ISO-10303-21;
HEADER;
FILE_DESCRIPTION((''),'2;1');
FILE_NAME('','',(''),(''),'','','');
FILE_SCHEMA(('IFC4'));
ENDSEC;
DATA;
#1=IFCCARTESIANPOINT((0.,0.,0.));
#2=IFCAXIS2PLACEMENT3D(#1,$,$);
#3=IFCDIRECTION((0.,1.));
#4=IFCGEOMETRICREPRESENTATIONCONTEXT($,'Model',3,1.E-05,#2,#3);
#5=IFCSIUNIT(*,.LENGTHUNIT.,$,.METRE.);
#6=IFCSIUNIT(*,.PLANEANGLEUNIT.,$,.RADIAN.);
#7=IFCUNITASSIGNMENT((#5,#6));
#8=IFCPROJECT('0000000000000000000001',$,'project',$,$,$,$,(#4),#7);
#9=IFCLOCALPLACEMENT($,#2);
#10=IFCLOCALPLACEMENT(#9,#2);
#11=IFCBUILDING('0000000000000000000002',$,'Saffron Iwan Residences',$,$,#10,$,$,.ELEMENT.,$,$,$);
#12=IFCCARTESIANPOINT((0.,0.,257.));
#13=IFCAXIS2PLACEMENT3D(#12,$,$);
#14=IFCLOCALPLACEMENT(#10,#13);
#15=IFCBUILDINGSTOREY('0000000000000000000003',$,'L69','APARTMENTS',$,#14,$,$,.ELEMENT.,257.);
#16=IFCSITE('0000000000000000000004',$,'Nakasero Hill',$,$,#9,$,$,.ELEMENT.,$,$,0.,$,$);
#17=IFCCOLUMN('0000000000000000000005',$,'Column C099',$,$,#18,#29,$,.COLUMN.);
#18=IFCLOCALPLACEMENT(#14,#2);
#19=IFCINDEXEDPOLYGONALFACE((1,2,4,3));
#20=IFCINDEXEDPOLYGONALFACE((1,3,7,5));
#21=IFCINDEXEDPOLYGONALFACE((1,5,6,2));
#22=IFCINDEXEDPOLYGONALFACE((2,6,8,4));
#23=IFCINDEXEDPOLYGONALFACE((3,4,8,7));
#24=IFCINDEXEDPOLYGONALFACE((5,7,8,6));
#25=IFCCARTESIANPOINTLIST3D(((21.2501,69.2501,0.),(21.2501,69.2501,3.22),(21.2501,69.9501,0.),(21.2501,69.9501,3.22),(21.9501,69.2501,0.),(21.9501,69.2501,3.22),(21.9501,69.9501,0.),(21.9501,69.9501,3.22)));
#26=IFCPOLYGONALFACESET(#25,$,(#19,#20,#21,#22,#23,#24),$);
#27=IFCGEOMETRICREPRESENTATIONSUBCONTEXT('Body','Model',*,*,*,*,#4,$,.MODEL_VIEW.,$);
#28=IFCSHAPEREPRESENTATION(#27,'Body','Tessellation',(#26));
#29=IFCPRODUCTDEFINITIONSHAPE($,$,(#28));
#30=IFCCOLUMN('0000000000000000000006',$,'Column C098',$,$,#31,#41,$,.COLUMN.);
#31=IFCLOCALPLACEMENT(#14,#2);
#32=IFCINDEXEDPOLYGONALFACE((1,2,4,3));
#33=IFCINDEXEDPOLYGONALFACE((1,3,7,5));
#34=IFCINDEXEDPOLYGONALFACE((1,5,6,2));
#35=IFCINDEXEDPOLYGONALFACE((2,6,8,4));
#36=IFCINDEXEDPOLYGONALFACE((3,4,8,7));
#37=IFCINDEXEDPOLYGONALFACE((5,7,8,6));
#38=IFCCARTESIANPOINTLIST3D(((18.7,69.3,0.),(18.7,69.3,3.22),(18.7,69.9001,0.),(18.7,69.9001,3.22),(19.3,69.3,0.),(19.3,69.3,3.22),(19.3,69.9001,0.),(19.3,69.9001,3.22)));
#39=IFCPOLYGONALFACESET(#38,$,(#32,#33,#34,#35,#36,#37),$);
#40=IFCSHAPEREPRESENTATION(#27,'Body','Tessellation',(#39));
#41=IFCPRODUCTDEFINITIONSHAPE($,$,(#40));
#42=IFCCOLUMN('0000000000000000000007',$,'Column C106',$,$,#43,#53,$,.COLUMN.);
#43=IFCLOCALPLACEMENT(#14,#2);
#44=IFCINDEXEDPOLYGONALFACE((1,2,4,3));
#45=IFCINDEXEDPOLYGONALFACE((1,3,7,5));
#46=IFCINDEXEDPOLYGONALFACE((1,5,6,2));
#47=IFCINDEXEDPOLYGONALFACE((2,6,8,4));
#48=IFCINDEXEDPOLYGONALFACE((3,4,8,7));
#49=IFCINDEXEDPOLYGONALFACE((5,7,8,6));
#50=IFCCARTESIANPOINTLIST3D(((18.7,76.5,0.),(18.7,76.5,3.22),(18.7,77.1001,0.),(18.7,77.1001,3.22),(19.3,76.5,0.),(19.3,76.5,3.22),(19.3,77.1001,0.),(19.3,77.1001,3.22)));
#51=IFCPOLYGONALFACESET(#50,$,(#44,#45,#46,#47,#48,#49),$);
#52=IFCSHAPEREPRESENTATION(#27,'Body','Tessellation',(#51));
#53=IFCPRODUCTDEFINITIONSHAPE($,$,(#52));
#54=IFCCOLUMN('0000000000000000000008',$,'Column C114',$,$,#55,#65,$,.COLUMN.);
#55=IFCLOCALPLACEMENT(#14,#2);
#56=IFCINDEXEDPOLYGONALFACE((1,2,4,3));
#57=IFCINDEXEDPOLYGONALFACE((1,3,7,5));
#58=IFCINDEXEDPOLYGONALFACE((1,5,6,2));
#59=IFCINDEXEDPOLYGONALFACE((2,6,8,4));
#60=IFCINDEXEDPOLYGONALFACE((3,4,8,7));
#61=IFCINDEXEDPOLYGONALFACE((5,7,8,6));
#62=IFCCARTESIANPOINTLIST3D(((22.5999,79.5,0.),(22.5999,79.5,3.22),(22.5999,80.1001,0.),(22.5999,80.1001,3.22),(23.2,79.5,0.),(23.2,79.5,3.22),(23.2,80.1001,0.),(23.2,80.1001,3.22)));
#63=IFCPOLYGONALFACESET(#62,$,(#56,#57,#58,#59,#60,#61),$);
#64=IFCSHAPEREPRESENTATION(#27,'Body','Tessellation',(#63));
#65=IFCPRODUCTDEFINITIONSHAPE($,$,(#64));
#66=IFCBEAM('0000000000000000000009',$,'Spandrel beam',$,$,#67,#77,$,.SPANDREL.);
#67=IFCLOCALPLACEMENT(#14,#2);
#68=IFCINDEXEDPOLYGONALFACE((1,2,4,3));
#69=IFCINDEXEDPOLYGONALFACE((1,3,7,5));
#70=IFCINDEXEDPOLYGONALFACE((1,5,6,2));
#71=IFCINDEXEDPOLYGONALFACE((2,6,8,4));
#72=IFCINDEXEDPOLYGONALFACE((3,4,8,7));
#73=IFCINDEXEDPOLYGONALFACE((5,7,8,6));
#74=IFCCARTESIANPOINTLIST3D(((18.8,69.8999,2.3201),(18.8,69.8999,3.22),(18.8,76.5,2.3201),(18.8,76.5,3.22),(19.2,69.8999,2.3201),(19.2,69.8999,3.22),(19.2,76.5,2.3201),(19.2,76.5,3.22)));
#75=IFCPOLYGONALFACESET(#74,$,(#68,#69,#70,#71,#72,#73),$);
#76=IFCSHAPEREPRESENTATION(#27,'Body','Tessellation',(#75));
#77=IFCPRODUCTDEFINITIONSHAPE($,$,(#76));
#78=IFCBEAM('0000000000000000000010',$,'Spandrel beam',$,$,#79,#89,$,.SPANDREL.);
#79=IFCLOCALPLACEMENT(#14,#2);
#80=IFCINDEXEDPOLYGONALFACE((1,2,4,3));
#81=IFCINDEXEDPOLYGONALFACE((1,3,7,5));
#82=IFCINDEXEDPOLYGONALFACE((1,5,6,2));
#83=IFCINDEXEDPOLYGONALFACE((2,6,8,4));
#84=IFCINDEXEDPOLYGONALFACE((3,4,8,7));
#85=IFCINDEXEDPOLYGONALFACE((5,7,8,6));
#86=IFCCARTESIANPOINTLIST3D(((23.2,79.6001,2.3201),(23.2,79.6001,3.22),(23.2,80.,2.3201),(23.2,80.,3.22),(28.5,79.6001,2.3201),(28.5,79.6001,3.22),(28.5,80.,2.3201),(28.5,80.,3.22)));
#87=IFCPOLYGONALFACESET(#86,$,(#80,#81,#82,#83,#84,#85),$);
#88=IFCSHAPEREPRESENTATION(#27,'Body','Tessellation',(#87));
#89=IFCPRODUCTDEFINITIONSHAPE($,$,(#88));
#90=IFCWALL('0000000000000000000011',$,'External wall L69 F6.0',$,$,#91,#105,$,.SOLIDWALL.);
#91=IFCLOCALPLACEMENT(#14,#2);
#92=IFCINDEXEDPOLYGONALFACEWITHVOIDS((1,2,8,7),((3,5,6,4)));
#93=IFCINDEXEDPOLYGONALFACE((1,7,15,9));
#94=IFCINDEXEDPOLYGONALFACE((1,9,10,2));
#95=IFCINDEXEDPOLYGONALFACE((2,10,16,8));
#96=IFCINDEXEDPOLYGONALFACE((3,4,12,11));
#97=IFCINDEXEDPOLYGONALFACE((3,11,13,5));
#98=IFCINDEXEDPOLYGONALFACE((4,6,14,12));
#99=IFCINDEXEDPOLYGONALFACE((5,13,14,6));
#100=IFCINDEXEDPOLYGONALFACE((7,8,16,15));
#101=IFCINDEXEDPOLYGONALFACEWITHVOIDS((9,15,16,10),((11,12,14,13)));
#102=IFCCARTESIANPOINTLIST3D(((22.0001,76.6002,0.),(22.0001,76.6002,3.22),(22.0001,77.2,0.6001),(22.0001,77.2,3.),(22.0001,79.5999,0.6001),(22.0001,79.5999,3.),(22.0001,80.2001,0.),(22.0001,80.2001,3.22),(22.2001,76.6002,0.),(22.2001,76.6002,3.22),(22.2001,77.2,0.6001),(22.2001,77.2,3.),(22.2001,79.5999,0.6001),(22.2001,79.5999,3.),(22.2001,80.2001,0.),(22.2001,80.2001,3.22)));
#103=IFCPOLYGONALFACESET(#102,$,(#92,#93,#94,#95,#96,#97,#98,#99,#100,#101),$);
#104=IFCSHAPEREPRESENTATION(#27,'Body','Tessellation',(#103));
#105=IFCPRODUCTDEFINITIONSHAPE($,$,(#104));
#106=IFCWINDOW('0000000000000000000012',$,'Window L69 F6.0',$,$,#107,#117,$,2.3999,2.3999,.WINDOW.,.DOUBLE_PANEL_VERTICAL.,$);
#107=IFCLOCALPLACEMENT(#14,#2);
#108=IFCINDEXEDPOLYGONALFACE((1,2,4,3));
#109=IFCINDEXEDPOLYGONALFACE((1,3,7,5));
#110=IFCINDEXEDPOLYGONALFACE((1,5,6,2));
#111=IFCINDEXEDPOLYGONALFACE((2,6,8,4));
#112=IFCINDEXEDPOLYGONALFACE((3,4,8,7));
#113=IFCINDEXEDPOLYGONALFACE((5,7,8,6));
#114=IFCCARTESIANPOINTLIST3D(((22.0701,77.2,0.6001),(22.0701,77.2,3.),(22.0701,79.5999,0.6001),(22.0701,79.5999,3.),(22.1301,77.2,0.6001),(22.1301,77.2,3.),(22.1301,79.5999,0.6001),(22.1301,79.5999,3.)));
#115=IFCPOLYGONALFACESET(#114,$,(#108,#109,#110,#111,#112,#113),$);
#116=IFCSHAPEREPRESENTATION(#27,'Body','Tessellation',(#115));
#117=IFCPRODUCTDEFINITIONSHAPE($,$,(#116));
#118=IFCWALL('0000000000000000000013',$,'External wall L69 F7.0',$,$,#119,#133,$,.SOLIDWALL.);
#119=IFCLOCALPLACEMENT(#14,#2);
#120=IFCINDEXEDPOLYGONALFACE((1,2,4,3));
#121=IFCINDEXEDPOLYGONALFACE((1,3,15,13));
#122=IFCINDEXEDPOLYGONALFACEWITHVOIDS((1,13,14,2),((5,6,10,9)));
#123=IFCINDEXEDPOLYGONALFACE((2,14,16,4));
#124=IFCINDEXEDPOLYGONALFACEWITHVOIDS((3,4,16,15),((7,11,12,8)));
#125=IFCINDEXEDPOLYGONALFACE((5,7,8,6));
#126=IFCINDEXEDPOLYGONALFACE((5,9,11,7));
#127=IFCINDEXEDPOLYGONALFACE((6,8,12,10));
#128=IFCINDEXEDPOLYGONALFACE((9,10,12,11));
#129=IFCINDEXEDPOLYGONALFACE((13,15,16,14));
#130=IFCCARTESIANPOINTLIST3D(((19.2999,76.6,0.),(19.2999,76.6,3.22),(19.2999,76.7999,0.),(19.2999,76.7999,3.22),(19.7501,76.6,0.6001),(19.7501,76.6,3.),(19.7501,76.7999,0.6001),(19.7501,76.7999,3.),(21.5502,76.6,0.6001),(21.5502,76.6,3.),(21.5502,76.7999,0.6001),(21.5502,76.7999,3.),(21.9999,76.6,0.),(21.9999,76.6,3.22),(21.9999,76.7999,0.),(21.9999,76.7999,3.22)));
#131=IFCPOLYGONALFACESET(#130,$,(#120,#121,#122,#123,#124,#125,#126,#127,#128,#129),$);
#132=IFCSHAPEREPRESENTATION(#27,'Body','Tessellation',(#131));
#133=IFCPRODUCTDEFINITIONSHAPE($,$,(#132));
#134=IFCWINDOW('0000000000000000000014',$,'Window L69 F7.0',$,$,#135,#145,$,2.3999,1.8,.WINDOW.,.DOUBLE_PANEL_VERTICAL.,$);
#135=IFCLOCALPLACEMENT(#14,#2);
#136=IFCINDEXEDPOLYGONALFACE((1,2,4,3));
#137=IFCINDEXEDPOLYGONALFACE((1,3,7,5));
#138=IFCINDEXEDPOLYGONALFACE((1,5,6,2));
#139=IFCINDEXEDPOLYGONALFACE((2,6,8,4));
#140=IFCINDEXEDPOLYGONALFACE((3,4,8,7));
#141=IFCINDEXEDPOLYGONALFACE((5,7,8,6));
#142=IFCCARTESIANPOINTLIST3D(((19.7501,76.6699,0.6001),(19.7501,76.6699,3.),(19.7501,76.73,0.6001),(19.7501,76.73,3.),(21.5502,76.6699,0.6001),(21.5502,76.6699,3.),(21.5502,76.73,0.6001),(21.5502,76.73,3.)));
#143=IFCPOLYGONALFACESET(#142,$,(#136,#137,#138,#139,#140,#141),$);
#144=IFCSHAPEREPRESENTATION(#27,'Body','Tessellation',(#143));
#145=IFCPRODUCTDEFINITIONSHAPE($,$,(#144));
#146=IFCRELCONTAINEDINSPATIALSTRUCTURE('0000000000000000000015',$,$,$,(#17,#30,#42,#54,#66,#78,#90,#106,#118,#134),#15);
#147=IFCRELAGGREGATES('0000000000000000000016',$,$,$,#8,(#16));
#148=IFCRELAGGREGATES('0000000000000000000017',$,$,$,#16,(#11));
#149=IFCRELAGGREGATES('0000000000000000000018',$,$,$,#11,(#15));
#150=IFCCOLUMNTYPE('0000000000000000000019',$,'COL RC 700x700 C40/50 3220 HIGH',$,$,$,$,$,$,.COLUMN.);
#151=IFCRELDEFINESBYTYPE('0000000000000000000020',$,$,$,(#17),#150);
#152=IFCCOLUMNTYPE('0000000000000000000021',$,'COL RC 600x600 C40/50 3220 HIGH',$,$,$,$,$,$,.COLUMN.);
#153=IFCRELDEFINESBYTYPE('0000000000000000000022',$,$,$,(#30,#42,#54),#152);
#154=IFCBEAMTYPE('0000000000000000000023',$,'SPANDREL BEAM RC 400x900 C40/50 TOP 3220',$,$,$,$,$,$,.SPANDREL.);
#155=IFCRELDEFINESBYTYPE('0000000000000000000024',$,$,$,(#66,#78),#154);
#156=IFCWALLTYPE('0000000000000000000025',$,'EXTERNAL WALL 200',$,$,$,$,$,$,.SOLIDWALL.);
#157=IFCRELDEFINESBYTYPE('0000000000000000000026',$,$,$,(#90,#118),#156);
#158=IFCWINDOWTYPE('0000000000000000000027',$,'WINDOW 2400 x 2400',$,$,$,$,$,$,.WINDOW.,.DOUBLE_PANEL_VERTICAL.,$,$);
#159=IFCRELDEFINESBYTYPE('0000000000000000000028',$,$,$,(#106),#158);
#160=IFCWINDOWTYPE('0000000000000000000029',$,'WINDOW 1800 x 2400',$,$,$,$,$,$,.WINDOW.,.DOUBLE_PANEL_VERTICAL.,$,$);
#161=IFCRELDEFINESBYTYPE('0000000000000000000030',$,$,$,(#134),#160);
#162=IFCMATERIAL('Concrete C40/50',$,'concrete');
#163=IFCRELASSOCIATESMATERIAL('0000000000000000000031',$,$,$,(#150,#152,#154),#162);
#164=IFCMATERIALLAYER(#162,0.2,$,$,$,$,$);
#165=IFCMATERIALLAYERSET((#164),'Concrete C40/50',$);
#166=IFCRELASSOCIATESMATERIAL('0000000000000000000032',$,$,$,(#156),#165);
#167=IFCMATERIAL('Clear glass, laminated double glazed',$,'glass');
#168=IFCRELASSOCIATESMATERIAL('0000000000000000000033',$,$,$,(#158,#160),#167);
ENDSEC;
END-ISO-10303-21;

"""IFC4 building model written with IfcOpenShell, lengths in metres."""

from ifc_helpers import new_model, si_unit, direction, frame, frame_2d, origin, origin_2d, place, context, subcontext, project, spatial, rectangle, extrude, source, transform, mapped, material, layer, layer_set, material_profile, profile_set, type_object, element, fill, save


model = new_model("IFC4")

# Units and contexts
model_context = context("Model", 3, precision=1e-05, world=origin(), true_north=direction((0.0, 1.0)))
body_context = subcontext(model_context, "Body", "Model", "MODEL_VIEW")
ifc_project = project(units=[si_unit("LENGTHUNIT", "METRE"), si_unit("PLANEANGLEUNIT", "RADIAN")], contexts=[model_context])

# Site, building, storey
site_placement = place(None, origin())
site = spatial("IfcSite", under=ifc_project, at=site_placement, Name="Nakasero Hill", CompositionType="ELEMENT", RefElevation=0.0)
building_placement = place(site_placement, origin())
building = spatial("IfcBuilding", under=site, at=building_placement, Name="Saffron Iwan Residences", CompositionType="ELEMENT")
storey_placement = place(building_placement, frame((0.0, 0.0, 257.0)))
storey = spatial("IfcBuildingStorey", under=building, at=storey_placement, Name="L69", Description="APARTMENTS", CompositionType="ELEMENT", Elevation=257.0)

# Columns
ifc_material_1 = material(Name="Concrete C40/50", Category="concrete")
ifc_material_profile_1 = material_profile(ifc_material_1, rectangle(XDim=0.7, YDim=0.7, at=origin_2d()), Name="RC 700x700")
ifc_profile_set_1 = profile_set([ifc_material_profile_1], Name="Concrete C40/50")
column_type_1 = type_object("IfcColumnType", Name="COL RC 700x700 C40/50 3220 HIGH", PredefinedType="COLUMN", material=ifc_profile_set_1)
shared_shape_1 = source(origin(), body_context, "Body", "SweptSolid", [
    extrude(rectangle(XDim=0.7, YDim=0.7, at=origin_2d()), origin(), (0.0, 0.0, 1.0), 3.22),
])
column_placement = place(storey_placement, frame((21.6001, 69.6001, 0.0), z_axis=(0.0, 0.0, 1.0), x_axis=(1.0, 0.0, 0.0)))
element("IfcColumn", 1, at=column_placement, inside=storey, type_object=column_type_1, Name="Column C099", PredefinedType="COLUMN", context=body_context, shape_type="MappedRepresentation", body=[
    mapped(shared_shape_1, transform((0.0, 0.0, 0.0))),
])
ifc_material_profile_2 = material_profile(ifc_material_1, rectangle(XDim=0.6001, YDim=0.6001, at=origin_2d()), Name="RC 600x600")
ifc_profile_set_2 = profile_set([ifc_material_profile_2], Name="Concrete C40/50")
column_type_2 = type_object("IfcColumnType", Name="COL RC 600x600 C40/50 3220 HIGH", PredefinedType="COLUMN", material=ifc_profile_set_2)
shared_shape_2 = source(origin(), body_context, "Body", "SweptSolid", [
    extrude(rectangle(XDim=0.6001, YDim=0.6001, at=origin_2d()), origin(), (0.0, 0.0, 1.0), 3.22),
])
for number, where, z_axis, x_axis, name in (
    (2, (19.0, 69.6001, 0.0), (0.0, 0.0, 1.0), (1.0, 0.0, 0.0), "Column C098"),
    (3, (19.0, 76.8, 0.0), (0.0, 0.0, 1.0), (1.0, 0.0, 0.0), "Column C106"),
    (4, (22.8999, 79.8, 0.0), (0.0, 0.0, 1.0), (1.0, 0.0, 0.0), "Column C114"),
):
    element("IfcColumn", number, at=place(storey_placement, frame(where, z_axis=z_axis, x_axis=x_axis)), inside=storey, type_object=column_type_2, Name=name, PredefinedType="COLUMN", context=body_context, shape_type="MappedRepresentation", body=[
        mapped(shared_shape_2, transform((0.0, 0.0, 0.0))),
    ])

# Beams
ifc_material_profile_3 = material_profile(ifc_material_1, rectangle(XDim=0.3999, YDim=0.8999, at=origin_2d()), Name="RC 400x900")
ifc_profile_set_3 = profile_set([ifc_material_profile_3], Name="Concrete C40/50")
beam_type = type_object("IfcBeamType", Name="SPANDREL BEAM RC 400x900 C40/50 TOP 3220", PredefinedType="SPANDREL", material=ifc_profile_set_3)
shared_shape_3 = source(origin(), body_context, "Body", "SweptSolid", [
    extrude(rectangle(XDim=0.3999, YDim=0.8999, at=origin_2d()), origin(), (0.0, 0.0, 1.0), 6.6001),
])
beam_1_placement = place(storey_placement, frame((19.0, 69.8999, 2.77), z_axis=(0.0, 1.0, 0.0), x_axis=(-1.0, 0.0, 0.0)))
element("IfcBeam", 5, at=beam_1_placement, inside=storey, type_object=beam_type, Name="Spandrel beam", PredefinedType="SPANDREL", context=body_context, shape_type="MappedRepresentation", body=[
    mapped(shared_shape_3, transform((0.0, 0.0, 0.0))),
])
shared_shape_4 = source(origin(), body_context, "Body", "SweptSolid", [
    extrude(rectangle(XDim=0.3999, YDim=0.8999, at=origin_2d()), origin(), (0.0, 0.0, 1.0), 5.3),
])
beam_2_placement = place(storey_placement, frame((23.2, 79.8, 2.77), z_axis=(1.0, 0.0, 0.0), x_axis=(0.0, 1.0, 0.0)))
element("IfcBeam", 6, at=beam_2_placement, inside=storey, type_object=beam_type, Name="Spandrel beam", PredefinedType="SPANDREL", context=body_context, shape_type="MappedRepresentation", body=[
    mapped(shared_shape_4, transform((0.0, 0.0, 0.0))),
])

# Walls, openings, windows
ifc_layer_1 = layer(ifc_material_1, 0.2)
ifc_layer_set_1 = layer_set([ifc_layer_1], Name="Concrete C40/50")
wall_type_1 = type_object("IfcWallType", Name="EXTERNAL WALL 200", PredefinedType="SOLIDWALL", material=ifc_layer_set_1)
wall_1_placement = place(storey_placement, frame((22.1001, 80.2, 0.0), z_axis=(0.0, 0.0, 1.0), x_axis=(0.0, -1.0, 0.0)))
wall_1 = element("IfcWall", 7, at=wall_1_placement, inside=storey, type_object=wall_type_1, Name="External wall L69 F6.0", PredefinedType="SOLIDWALL", context=body_context, shape_type="SweptSolid", body=[
    extrude(rectangle(XDim=3.5999, YDim=0.2, at=frame_2d((1.7998, 0.0))), origin(), (0.0, 0.0, 1.0), 3.22),
])
opening_1_placement = place(wall_1_placement, frame((0.6001, 0.0, 0.6001)))
opening_1 = element("IfcOpeningElement", 8, at=opening_1_placement, cuts=wall_1, PredefinedType="OPENING", context=body_context, shape_type="SweptSolid", body=[
    extrude(rectangle(XDim=2.3999, YDim=2.3999, at=frame_2d((1.2, 1.2))), frame((0.0, 0.1099, 0.0), z_axis=(0.0, -1.0, 0.0), x_axis=(1.0, 0.0, 0.0)), (0.0, 0.0, 1.0), 0.22),
])
ifc_material_2 = material(Name="Clear glass, laminated double glazed", Category="glass")
window_type_1 = type_object("IfcWindowType", Name="WINDOW 2400 x 2400", PartitioningType="DOUBLE_PANEL_VERTICAL", PredefinedType="WINDOW", material=ifc_material_2)
window_1_placement = place(opening_1_placement, origin())
window_1 = element("IfcWindow", 9, at=window_1_placement, inside=storey, type_object=window_type_1, Name="Window L69 F6.0", OverallHeight=2.3999, OverallWidth=2.3999, PartitioningType="DOUBLE_PANEL_VERTICAL", PredefinedType="WINDOW", context=body_context, shape_type="SweptSolid", body=[
    extrude(rectangle(XDim=2.3999, YDim=2.3999, at=frame_2d((1.2, 1.2))), frame((0.0, 0.03, 0.0), z_axis=(0.0, -1.0, 0.0), x_axis=(1.0, 0.0, 0.0)), (0.0, 0.0, 1.0), 0.0601),
])
fill(opening_1, window_1)
wall_2_placement = place(storey_placement, frame((22.0, 76.7, 0.0), z_axis=(0.0, 0.0, 1.0), x_axis=(-1.0, 0.0, 0.0)))
wall_2 = element("IfcWall", 10, at=wall_2_placement, inside=storey, type_object=wall_type_1, Name="External wall L69 F7.0", PredefinedType="SOLIDWALL", context=body_context, shape_type="SweptSolid", body=[
    extrude(rectangle(XDim=2.7, YDim=0.2, at=frame_2d((1.3501, 0.0))), origin(), (0.0, 0.0, 1.0), 3.22),
])
opening_2_placement = place(wall_2_placement, frame((0.45, 0.0, 0.6001)))
opening_2 = element("IfcOpeningElement", 11, at=opening_2_placement, cuts=wall_2, PredefinedType="OPENING", context=body_context, shape_type="SweptSolid", body=[
    extrude(rectangle(XDim=1.8, YDim=2.3999, at=frame_2d((0.8999, 1.2))), frame((0.0, 0.1099, 0.0), z_axis=(0.0, -1.0, 0.0), x_axis=(1.0, 0.0, 0.0)), (0.0, 0.0, 1.0), 0.22),
])
window_type_2 = type_object("IfcWindowType", Name="WINDOW 1800 x 2400", PartitioningType="DOUBLE_PANEL_VERTICAL", PredefinedType="WINDOW", material=ifc_material_2)
window_2_placement = place(opening_2_placement, origin())
window_2 = element("IfcWindow", 12, at=window_2_placement, inside=storey, type_object=window_type_2, Name="Window L69 F7.0", OverallHeight=2.3999, OverallWidth=1.8, PartitioningType="DOUBLE_PANEL_VERTICAL", PredefinedType="WINDOW", context=body_context, shape_type="SweptSolid", body=[
    extrude(rectangle(XDim=1.8, YDim=2.3999, at=frame_2d((0.8999, 1.2))), frame((0.0, 0.03, 0.0), z_axis=(0.0, -1.0, 0.0), x_axis=(1.0, 0.0, 0.0)), (0.0, 0.0, 1.0), 0.0601),
])
fill(opening_2, window_2)

save(model, "model.ifc")
